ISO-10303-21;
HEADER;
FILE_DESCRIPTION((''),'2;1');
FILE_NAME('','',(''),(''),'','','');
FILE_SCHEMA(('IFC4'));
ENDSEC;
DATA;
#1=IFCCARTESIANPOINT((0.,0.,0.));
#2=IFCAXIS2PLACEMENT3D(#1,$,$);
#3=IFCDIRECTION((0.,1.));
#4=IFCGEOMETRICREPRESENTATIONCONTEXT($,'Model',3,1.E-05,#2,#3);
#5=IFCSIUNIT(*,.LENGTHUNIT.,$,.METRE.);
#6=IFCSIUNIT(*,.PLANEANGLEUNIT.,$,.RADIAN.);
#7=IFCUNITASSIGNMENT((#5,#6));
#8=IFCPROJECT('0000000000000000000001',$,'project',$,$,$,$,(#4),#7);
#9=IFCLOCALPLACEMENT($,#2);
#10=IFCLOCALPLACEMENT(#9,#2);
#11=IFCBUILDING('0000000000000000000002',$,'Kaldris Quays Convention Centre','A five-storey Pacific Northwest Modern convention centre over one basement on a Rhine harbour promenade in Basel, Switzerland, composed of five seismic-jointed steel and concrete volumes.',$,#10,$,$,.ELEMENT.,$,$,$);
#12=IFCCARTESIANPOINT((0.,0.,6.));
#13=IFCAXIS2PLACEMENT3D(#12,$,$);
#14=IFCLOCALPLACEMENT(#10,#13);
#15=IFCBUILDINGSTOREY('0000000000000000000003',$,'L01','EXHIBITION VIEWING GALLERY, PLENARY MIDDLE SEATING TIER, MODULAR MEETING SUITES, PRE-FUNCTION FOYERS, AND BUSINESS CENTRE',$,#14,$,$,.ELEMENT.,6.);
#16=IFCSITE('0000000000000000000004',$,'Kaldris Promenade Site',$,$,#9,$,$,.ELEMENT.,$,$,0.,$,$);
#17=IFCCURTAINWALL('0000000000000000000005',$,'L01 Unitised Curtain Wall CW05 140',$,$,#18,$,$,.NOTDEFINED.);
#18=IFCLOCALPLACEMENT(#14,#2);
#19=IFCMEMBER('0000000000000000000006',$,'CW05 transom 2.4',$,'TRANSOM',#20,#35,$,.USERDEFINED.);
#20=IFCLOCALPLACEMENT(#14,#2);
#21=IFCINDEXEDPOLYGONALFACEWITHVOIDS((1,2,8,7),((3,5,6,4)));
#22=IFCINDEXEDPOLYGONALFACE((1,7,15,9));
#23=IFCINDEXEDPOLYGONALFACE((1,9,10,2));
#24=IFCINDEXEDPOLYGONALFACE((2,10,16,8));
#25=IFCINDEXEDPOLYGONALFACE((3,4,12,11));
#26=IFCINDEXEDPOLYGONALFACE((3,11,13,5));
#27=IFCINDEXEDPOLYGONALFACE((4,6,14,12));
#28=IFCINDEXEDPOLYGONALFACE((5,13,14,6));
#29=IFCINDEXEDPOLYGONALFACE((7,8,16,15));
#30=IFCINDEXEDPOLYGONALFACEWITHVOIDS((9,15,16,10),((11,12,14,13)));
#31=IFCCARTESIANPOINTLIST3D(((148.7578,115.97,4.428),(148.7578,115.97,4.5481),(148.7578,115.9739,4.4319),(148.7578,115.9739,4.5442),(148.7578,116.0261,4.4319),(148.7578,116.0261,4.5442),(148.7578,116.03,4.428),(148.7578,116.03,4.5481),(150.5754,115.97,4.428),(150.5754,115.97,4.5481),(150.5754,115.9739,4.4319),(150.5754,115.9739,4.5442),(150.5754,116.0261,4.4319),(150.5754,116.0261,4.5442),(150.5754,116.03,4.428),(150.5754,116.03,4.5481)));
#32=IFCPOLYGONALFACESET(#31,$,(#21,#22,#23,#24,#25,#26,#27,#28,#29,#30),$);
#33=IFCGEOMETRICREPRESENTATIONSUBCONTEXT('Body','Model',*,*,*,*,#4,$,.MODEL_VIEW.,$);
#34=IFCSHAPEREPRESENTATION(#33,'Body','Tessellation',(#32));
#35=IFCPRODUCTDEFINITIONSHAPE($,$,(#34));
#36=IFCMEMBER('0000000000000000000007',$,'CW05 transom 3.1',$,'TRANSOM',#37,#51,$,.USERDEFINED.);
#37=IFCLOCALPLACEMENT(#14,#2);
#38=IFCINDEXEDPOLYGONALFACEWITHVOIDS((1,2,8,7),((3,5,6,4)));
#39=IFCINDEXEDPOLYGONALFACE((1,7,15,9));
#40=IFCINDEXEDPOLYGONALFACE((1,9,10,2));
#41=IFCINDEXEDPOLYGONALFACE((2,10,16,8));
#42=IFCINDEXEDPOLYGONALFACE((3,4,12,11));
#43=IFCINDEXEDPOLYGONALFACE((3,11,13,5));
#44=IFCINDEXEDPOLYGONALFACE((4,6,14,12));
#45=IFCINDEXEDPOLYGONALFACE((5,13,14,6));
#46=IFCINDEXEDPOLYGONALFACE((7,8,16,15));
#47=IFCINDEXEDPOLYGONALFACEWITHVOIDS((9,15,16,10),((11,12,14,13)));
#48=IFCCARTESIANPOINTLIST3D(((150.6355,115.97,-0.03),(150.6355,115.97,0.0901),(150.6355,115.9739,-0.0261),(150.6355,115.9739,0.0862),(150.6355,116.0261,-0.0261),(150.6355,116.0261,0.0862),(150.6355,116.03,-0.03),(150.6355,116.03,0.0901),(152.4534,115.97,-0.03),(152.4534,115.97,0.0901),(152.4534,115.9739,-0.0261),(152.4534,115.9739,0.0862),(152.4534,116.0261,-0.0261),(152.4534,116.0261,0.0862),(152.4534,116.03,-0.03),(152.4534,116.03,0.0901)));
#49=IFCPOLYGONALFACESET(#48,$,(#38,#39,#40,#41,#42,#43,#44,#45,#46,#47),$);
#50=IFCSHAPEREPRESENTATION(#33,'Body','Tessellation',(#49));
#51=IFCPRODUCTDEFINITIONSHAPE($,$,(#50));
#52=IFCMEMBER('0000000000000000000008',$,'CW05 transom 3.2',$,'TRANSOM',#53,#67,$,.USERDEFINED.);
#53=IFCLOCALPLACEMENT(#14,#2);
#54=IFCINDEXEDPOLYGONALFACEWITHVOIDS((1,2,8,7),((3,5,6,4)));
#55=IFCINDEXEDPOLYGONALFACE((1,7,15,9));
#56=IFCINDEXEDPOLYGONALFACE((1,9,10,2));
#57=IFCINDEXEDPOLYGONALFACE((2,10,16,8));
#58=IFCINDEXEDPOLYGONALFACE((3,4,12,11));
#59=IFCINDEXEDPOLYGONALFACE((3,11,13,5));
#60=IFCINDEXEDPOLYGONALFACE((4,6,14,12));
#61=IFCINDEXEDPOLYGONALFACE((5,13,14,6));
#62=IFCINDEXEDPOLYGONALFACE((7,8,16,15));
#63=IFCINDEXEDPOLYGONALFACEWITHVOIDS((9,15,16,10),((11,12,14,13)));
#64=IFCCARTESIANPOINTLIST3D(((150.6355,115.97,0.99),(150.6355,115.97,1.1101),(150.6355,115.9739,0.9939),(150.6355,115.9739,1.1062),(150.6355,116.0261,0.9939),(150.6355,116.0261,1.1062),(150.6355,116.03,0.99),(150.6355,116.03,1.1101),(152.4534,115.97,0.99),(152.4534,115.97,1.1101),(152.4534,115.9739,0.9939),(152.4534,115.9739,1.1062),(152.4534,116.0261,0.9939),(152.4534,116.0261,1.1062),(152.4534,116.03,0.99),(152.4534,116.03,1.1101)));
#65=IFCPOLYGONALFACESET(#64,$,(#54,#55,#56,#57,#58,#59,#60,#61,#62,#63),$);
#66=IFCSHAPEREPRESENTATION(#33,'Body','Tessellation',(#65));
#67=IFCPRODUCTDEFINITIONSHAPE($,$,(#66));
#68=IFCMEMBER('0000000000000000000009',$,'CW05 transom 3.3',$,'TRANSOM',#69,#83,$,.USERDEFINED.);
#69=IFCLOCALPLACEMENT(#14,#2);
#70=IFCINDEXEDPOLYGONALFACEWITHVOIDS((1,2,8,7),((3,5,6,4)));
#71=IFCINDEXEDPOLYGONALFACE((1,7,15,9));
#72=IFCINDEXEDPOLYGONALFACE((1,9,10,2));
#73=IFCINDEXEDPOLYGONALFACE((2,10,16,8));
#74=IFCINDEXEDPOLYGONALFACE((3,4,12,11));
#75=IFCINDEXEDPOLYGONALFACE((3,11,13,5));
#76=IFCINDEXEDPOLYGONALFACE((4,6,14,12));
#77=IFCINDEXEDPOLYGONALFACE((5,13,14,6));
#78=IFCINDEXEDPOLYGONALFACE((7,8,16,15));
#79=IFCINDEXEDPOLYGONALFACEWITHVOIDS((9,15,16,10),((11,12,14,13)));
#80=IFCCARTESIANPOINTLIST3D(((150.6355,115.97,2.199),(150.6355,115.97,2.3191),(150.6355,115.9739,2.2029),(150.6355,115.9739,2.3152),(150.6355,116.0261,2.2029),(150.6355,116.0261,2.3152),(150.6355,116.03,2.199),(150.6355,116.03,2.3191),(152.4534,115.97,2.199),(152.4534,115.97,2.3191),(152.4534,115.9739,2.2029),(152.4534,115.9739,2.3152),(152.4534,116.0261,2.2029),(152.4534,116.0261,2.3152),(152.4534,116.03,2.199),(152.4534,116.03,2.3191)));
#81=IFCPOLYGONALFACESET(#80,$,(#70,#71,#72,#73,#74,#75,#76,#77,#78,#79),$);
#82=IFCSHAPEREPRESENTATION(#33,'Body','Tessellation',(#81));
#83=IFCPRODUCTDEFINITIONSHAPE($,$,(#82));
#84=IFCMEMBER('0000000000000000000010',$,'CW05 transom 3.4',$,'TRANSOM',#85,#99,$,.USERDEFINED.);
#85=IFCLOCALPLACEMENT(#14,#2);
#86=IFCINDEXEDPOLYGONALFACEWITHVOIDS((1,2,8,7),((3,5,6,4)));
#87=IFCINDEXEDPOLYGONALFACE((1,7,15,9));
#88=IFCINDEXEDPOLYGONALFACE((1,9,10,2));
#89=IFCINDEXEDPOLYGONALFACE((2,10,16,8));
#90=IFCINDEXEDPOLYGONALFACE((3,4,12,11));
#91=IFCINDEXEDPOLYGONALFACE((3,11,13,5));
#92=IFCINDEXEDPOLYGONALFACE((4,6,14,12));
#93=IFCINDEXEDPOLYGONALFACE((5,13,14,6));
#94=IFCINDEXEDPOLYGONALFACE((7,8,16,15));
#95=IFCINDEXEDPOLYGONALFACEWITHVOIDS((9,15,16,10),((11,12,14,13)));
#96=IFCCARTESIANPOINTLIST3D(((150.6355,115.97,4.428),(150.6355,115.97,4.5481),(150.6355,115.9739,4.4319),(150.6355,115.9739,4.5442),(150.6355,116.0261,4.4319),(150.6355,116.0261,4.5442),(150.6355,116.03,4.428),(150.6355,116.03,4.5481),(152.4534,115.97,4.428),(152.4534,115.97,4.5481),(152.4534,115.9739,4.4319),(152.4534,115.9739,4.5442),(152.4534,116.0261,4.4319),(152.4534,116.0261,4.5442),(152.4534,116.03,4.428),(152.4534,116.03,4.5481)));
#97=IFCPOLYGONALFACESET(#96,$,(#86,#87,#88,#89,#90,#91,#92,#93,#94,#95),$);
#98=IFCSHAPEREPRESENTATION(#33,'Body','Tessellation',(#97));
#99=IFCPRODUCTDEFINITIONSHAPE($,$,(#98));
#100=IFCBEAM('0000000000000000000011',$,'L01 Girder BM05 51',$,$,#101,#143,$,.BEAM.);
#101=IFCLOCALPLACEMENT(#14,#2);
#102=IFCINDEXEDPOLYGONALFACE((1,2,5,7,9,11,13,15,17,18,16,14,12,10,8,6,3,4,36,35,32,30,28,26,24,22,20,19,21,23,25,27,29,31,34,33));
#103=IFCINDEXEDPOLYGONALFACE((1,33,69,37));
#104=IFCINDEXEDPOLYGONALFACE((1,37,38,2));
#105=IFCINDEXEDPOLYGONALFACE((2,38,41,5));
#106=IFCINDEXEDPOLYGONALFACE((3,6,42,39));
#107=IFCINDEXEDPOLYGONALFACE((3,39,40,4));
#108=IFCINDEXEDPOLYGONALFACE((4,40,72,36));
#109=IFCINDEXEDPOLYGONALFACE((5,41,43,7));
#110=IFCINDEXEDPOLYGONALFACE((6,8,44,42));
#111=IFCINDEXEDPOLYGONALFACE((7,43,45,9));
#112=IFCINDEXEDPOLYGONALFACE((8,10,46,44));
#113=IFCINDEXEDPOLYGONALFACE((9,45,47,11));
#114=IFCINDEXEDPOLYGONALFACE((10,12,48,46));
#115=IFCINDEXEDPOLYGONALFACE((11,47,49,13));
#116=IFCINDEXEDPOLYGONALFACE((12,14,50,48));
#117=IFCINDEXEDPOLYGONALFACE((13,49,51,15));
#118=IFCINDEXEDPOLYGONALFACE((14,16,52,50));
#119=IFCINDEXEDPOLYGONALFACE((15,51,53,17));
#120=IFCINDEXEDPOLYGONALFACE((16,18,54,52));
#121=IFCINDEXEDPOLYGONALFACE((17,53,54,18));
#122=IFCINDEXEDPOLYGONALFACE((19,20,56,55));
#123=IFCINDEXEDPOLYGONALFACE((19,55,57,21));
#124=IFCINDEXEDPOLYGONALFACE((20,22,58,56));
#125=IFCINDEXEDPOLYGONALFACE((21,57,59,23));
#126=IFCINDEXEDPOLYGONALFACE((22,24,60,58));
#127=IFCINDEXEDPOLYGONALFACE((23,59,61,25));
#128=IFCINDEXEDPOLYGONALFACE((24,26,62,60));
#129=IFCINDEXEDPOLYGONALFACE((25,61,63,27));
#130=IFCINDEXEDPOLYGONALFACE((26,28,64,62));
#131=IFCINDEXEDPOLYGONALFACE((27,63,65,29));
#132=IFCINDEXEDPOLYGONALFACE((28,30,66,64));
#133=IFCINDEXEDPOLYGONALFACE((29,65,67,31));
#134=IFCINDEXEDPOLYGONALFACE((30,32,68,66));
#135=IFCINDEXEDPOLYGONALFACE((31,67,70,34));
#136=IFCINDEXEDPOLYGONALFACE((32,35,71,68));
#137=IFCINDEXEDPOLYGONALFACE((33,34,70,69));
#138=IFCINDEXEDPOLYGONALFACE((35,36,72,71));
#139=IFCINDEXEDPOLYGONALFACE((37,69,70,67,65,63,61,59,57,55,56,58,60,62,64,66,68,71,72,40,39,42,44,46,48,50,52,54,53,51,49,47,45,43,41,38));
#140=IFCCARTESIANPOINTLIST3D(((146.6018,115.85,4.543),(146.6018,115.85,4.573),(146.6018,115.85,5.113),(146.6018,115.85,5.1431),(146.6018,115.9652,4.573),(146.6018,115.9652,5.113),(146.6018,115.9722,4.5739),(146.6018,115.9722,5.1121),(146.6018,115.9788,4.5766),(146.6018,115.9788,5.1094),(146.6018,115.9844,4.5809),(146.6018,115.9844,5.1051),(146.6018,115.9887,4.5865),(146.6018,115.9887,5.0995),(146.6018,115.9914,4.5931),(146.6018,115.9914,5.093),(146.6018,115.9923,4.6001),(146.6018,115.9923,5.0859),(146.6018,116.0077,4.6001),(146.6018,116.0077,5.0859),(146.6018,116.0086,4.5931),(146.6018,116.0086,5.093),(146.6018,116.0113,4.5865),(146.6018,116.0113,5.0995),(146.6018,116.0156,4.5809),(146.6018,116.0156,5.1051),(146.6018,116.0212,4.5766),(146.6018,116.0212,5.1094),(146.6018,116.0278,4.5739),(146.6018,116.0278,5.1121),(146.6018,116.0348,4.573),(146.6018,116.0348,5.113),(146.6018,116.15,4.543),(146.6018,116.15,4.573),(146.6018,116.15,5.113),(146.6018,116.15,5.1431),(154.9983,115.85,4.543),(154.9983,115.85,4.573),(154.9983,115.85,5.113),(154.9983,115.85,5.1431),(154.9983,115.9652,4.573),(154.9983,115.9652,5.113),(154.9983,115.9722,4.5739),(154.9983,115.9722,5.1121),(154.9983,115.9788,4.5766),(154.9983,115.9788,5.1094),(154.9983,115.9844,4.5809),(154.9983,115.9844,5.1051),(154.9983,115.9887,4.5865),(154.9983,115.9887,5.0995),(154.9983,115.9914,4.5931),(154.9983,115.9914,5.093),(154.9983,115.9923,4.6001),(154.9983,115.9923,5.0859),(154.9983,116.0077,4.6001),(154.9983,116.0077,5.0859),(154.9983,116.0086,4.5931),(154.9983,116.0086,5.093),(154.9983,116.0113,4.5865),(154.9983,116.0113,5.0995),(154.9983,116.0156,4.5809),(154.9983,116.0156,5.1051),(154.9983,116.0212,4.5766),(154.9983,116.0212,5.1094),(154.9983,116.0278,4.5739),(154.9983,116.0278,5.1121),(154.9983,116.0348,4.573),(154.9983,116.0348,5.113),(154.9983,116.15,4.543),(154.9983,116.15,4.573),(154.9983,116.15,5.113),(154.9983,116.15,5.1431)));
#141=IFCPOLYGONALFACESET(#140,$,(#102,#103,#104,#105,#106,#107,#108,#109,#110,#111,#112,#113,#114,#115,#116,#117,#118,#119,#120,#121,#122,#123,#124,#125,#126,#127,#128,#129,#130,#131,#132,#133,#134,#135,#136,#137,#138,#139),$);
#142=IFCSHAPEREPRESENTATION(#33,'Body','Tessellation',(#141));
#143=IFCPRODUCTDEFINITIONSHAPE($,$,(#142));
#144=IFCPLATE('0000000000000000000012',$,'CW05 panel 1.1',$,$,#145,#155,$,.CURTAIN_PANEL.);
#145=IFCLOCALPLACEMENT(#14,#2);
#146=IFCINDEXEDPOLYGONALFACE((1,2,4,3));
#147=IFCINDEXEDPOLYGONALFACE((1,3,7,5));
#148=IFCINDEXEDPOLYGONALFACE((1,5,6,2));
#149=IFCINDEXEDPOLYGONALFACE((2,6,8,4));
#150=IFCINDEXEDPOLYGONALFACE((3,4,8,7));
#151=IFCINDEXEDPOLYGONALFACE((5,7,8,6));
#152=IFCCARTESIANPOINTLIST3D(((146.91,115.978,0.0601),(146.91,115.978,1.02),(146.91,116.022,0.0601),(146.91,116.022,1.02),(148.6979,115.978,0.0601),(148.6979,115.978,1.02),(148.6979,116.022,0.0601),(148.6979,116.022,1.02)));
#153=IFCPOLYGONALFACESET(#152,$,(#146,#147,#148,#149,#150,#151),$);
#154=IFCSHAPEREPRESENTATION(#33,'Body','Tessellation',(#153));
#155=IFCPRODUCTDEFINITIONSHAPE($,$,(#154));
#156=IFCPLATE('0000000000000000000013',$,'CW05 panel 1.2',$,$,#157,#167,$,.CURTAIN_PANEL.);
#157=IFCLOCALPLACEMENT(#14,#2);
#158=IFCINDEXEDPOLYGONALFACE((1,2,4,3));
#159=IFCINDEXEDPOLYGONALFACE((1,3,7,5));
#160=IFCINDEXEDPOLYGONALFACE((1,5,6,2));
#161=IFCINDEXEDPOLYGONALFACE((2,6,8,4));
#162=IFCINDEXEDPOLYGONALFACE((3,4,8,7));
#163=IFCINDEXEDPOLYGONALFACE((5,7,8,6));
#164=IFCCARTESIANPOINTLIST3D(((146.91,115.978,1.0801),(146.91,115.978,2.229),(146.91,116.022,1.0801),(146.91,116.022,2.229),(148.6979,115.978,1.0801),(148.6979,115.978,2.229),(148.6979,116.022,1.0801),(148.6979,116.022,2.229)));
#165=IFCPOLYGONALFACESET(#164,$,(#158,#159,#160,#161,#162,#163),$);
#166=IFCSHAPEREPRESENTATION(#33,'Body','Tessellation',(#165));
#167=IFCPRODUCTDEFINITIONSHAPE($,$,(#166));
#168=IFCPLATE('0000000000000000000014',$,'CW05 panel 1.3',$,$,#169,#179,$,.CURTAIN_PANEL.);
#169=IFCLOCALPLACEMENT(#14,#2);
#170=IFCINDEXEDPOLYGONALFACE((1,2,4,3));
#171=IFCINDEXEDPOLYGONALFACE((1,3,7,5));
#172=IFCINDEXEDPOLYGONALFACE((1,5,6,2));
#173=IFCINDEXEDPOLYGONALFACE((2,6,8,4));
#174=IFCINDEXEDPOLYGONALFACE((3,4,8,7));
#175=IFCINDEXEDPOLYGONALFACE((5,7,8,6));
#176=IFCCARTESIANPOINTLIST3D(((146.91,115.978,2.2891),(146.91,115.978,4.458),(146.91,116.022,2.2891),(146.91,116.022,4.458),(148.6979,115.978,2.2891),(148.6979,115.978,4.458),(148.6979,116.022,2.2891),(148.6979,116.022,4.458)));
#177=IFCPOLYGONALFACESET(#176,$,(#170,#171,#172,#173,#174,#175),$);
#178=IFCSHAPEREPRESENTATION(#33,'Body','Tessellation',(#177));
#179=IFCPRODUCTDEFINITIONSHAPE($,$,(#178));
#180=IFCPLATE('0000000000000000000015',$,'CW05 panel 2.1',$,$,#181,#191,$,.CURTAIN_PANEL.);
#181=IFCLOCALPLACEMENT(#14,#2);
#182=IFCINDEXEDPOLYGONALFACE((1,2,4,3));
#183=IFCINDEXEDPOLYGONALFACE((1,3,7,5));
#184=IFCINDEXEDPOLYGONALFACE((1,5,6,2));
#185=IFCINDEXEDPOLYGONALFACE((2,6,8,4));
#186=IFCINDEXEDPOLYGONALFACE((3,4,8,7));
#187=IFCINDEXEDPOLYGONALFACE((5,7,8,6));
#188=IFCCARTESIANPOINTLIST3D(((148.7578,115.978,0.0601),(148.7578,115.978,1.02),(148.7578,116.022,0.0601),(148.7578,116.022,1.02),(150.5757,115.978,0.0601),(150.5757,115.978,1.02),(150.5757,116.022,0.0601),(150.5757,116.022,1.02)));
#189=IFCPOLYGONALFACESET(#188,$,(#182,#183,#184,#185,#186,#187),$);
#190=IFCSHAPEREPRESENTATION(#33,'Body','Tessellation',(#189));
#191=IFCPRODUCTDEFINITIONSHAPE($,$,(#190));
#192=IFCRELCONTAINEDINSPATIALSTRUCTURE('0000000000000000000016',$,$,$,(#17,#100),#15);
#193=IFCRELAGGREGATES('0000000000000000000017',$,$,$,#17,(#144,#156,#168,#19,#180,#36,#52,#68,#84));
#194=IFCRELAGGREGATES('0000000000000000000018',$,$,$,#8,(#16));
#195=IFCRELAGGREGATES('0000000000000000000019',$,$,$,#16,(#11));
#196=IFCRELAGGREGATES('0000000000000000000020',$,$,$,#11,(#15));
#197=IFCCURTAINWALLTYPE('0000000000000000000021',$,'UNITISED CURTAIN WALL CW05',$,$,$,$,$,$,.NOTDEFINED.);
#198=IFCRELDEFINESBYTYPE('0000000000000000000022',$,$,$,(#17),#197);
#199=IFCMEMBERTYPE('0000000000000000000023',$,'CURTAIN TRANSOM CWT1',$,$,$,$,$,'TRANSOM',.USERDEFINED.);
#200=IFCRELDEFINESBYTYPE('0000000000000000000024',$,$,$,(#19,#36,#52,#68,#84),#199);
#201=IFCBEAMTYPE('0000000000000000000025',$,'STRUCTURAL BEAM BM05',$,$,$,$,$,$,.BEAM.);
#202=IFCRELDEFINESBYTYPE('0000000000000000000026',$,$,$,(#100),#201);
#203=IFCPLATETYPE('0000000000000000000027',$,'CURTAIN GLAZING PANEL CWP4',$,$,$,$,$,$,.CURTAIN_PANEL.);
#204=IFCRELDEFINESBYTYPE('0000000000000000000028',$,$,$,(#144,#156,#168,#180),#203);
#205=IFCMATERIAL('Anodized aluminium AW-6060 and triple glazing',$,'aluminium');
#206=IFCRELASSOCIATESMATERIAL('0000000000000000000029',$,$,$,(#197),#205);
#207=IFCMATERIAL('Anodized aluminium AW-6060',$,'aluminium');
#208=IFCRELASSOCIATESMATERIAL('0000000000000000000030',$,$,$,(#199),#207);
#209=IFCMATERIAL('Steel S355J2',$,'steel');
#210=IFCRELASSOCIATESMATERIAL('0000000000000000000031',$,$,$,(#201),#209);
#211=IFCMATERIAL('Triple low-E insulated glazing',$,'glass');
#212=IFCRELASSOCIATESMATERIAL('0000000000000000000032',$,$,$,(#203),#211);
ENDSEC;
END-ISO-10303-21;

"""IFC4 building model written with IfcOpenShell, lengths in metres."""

from ifc_helpers import new_model, si_unit, direction, frame, origin, origin_2d, place, context, subcontext, project, spatial, rectangle, hollow_rectangle, i_section, extrude, material, material_profile, profile_set, type_object, element, aggregate, save


model = new_model("IFC4")

# Units and contexts
model_context = context("Model", 3, precision=1e-05, world=origin(), true_north=direction((0.0, 1.0)))
body_context = subcontext(model_context, "Body", "Model", "MODEL_VIEW")
ifc_project = project(units=[si_unit("LENGTHUNIT", "METRE"), si_unit("PLANEANGLEUNIT", "RADIAN")], contexts=[model_context])

# Site, building, storey
site_placement = place(None, origin())
site = spatial("IfcSite", under=ifc_project, at=site_placement, Name="Kaldris Promenade Site", CompositionType="ELEMENT", RefElevation=0.0)
building_placement = place(site_placement, origin())
building = spatial("IfcBuilding", under=site, at=building_placement, Name="Kaldris Quays Convention Centre", Description="A five-storey Pacific Northwest Modern convention centre over one basement on a Rhine harbour promenade in Basel, Switzerland, composed of five seismic-jointed steel and concrete volumes.", CompositionType="ELEMENT")
storey_placement = place(building_placement, frame((0.0, 0.0, 6.0)))
storey = spatial("IfcBuildingStorey", under=building, at=storey_placement, Name="L01", Description="EXHIBITION VIEWING GALLERY, PLENARY MIDDLE SEATING TIER, MODULAR MEETING SUITES, PRE-FUNCTION FOYERS, AND BUSINESS CENTRE", CompositionType="ELEMENT", Elevation=6.0)

# Curtain wall, members
ifc_material_1 = material(Name="Anodized aluminium AW-6060 and triple glazing", Category="aluminium")
curtain_wall_type = type_object("IfcCurtainWallType", Name="UNITISED CURTAIN WALL CW05", PredefinedType="NOTDEFINED", material=ifc_material_1)
curtain_wall_placement = place(storey_placement, origin())
curtain_wall = element("IfcCurtainWall", 1, at=curtain_wall_placement, inside=storey, type_object=curtain_wall_type, Name="L01 Unitised Curtain Wall CW05 140", PredefinedType="NOTDEFINED")
ifc_material_2 = material(Name="Anodized aluminium AW-6060", Category="aluminium")
ifc_material_profile_1 = material_profile(ifc_material_2, hollow_rectangle(XDim=0.0601, YDim=0.1201, WallThickness=0.0039, at=origin_2d()), Name="RHS 120x60x4")
ifc_profile_set_1 = profile_set([ifc_material_profile_1], Name="Anodized aluminium AW-6060")
member_type_1 = type_object("IfcMemberType", Name="CURTAIN TRANSOM CWT1", ElementType="TRANSOM", PredefinedType="USERDEFINED", material=ifc_profile_set_1)
member_1_placement = place(storey_placement, frame((148.7578, 116.0, 4.488), z_axis=(1.0, 0.0, 0.0), x_axis=(0.0, 1.0, 0.0)))
member_1 = element("IfcMember", 2, at=member_1_placement, type_object=member_type_1, Name="CW05 transom 2.4", ObjectType="TRANSOM", PredefinedType="USERDEFINED", context=body_context, shape_type="SweptSolid", body=[
    extrude(hollow_rectangle(XDim=0.0601, YDim=0.1201, WallThickness=0.0039, at=origin_2d()), origin(), (0.0, 0.0, 1.0), 1.8176),
])
member_2_placement = place(storey_placement, frame((150.6355, 116.0, 0.03), z_axis=(1.0, 0.0, 0.0), x_axis=(0.0, 1.0, 0.0)))
member_2 = element("IfcMember", 3, at=member_2_placement, type_object=member_type_1, Name="CW05 transom 3.1", ObjectType="TRANSOM", PredefinedType="USERDEFINED", context=body_context, shape_type="SweptSolid", body=[
    extrude(hollow_rectangle(XDim=0.0601, YDim=0.1201, WallThickness=0.0039, at=origin_2d()), origin(), (0.0, 0.0, 1.0), 1.8179),
])
member_3_placement = place(storey_placement, frame((150.6355, 116.0, 1.05), z_axis=(1.0, 0.0, 0.0), x_axis=(0.0, 1.0, 0.0)))
member_3 = element("IfcMember", 4, at=member_3_placement, type_object=member_type_1, Name="CW05 transom 3.2", ObjectType="TRANSOM", PredefinedType="USERDEFINED", context=body_context, shape_type="SweptSolid", body=[
    extrude(hollow_rectangle(XDim=0.0601, YDim=0.1201, WallThickness=0.0039, at=origin_2d()), origin(), (0.0, 0.0, 1.0), 1.8179),
])
member_4_placement = place(storey_placement, frame((150.6355, 116.0, 2.259), z_axis=(1.0, 0.0, 0.0), x_axis=(0.0, 1.0, 0.0)))
member_4 = element("IfcMember", 5, at=member_4_placement, type_object=member_type_1, Name="CW05 transom 3.3", ObjectType="TRANSOM", PredefinedType="USERDEFINED", context=body_context, shape_type="SweptSolid", body=[
    extrude(hollow_rectangle(XDim=0.0601, YDim=0.1201, WallThickness=0.0039, at=origin_2d()), origin(), (0.0, 0.0, 1.0), 1.8179),
])
member_5_placement = place(storey_placement, frame((150.6355, 116.0, 4.488), z_axis=(1.0, 0.0, 0.0), x_axis=(0.0, 1.0, 0.0)))
member_5 = element("IfcMember", 6, at=member_5_placement, type_object=member_type_1, Name="CW05 transom 3.4", ObjectType="TRANSOM", PredefinedType="USERDEFINED", context=body_context, shape_type="SweptSolid", body=[
    extrude(hollow_rectangle(XDim=0.0601, YDim=0.1201, WallThickness=0.0039, at=origin_2d()), origin(), (0.0, 0.0, 1.0), 1.8179),
])

# Beam
ifc_material_3 = material(Name="Steel S355J2", Category="steel")
ifc_material_profile_2 = material_profile(ifc_material_3, i_section(OverallWidth=0.3, OverallDepth=0.6001, WebThickness=0.0154, FlangeThickness=0.03, FilletRadius=0.0271, at=origin_2d()), Name="HEB 600")
ifc_profile_set_2 = profile_set([ifc_material_profile_2], Name="Steel S355J2")
beam_type = type_object("IfcBeamType", Name="STRUCTURAL BEAM BM05", PredefinedType="BEAM", material=ifc_profile_set_2)
beam_placement = place(storey_placement, frame((146.6018, 116.0, 4.843), z_axis=(1.0, 0.0, 0.0), x_axis=(0.0, 1.0, 0.0)))
element("IfcBeam", 7, at=beam_placement, inside=storey, type_object=beam_type, Name="L01 Girder BM05 51", PredefinedType="BEAM", context=body_context, shape_type="SweptSolid", body=[
    extrude(i_section(OverallWidth=0.3, OverallDepth=0.6001, WebThickness=0.0154, FlangeThickness=0.03, FilletRadius=0.0271, at=origin_2d()), origin(), (0.0, 0.0, 1.0), 8.3965),
])

# Plates
ifc_material_4 = material(Name="Triple low-E insulated glazing", Category="glass")
plate_type = type_object("IfcPlateType", Name="CURTAIN GLAZING PANEL CWP4", PredefinedType="CURTAIN_PANEL", material=ifc_material_4)
plate_1_placement = place(storey_placement, frame((147.804, 116.0, 0.0601), z_axis=(0.0, 0.0, 1.0), x_axis=(1.0, 0.0, 0.0)))
plate_1 = element("IfcPlate", 8, at=plate_1_placement, type_object=plate_type, Name="CW05 panel 1.1", PredefinedType="CURTAIN_PANEL", context=body_context, shape_type="SweptSolid", body=[
    extrude(rectangle(XDim=1.7878, YDim=0.0439, at=origin_2d()), origin(), (0.0, 0.0, 1.0), 0.96),
])
plate_2_placement = place(storey_placement, frame((147.804, 116.0, 1.0801), z_axis=(0.0, 0.0, 1.0), x_axis=(1.0, 0.0, 0.0)))
plate_2 = element("IfcPlate", 9, at=plate_2_placement, type_object=plate_type, Name="CW05 panel 1.2", PredefinedType="CURTAIN_PANEL", context=body_context, shape_type="SweptSolid", body=[
    extrude(rectangle(XDim=1.7878, YDim=0.0439, at=origin_2d()), origin(), (0.0, 0.0, 1.0), 1.1489),
])
plate_3_placement = place(storey_placement, frame((147.804, 116.0, 2.2891), z_axis=(0.0, 0.0, 1.0), x_axis=(1.0, 0.0, 0.0)))
plate_3 = element("IfcPlate", 10, at=plate_3_placement, type_object=plate_type, Name="CW05 panel 1.3", PredefinedType="CURTAIN_PANEL", context=body_context, shape_type="SweptSolid", body=[
    extrude(rectangle(XDim=1.7878, YDim=0.0439, at=origin_2d()), origin(), (0.0, 0.0, 1.0), 2.1689),
])
plate_4_placement = place(storey_placement, frame((149.6667, 116.0, 0.0601), z_axis=(0.0, 0.0, 1.0), x_axis=(1.0, 0.0, 0.0)))
plate_4 = element("IfcPlate", 11, at=plate_4_placement, type_object=plate_type, Name="CW05 panel 2.1", PredefinedType="CURTAIN_PANEL", context=body_context, shape_type="SweptSolid", body=[
    extrude(rectangle(XDim=1.8179, YDim=0.0439, at=origin_2d()), origin(), (0.0, 0.0, 1.0), 0.96),
])
aggregate(curtain_wall, [plate_1, plate_2, plate_3, member_1, plate_4, member_2, member_3, member_4, member_5])

save(model, "model.ifc")
